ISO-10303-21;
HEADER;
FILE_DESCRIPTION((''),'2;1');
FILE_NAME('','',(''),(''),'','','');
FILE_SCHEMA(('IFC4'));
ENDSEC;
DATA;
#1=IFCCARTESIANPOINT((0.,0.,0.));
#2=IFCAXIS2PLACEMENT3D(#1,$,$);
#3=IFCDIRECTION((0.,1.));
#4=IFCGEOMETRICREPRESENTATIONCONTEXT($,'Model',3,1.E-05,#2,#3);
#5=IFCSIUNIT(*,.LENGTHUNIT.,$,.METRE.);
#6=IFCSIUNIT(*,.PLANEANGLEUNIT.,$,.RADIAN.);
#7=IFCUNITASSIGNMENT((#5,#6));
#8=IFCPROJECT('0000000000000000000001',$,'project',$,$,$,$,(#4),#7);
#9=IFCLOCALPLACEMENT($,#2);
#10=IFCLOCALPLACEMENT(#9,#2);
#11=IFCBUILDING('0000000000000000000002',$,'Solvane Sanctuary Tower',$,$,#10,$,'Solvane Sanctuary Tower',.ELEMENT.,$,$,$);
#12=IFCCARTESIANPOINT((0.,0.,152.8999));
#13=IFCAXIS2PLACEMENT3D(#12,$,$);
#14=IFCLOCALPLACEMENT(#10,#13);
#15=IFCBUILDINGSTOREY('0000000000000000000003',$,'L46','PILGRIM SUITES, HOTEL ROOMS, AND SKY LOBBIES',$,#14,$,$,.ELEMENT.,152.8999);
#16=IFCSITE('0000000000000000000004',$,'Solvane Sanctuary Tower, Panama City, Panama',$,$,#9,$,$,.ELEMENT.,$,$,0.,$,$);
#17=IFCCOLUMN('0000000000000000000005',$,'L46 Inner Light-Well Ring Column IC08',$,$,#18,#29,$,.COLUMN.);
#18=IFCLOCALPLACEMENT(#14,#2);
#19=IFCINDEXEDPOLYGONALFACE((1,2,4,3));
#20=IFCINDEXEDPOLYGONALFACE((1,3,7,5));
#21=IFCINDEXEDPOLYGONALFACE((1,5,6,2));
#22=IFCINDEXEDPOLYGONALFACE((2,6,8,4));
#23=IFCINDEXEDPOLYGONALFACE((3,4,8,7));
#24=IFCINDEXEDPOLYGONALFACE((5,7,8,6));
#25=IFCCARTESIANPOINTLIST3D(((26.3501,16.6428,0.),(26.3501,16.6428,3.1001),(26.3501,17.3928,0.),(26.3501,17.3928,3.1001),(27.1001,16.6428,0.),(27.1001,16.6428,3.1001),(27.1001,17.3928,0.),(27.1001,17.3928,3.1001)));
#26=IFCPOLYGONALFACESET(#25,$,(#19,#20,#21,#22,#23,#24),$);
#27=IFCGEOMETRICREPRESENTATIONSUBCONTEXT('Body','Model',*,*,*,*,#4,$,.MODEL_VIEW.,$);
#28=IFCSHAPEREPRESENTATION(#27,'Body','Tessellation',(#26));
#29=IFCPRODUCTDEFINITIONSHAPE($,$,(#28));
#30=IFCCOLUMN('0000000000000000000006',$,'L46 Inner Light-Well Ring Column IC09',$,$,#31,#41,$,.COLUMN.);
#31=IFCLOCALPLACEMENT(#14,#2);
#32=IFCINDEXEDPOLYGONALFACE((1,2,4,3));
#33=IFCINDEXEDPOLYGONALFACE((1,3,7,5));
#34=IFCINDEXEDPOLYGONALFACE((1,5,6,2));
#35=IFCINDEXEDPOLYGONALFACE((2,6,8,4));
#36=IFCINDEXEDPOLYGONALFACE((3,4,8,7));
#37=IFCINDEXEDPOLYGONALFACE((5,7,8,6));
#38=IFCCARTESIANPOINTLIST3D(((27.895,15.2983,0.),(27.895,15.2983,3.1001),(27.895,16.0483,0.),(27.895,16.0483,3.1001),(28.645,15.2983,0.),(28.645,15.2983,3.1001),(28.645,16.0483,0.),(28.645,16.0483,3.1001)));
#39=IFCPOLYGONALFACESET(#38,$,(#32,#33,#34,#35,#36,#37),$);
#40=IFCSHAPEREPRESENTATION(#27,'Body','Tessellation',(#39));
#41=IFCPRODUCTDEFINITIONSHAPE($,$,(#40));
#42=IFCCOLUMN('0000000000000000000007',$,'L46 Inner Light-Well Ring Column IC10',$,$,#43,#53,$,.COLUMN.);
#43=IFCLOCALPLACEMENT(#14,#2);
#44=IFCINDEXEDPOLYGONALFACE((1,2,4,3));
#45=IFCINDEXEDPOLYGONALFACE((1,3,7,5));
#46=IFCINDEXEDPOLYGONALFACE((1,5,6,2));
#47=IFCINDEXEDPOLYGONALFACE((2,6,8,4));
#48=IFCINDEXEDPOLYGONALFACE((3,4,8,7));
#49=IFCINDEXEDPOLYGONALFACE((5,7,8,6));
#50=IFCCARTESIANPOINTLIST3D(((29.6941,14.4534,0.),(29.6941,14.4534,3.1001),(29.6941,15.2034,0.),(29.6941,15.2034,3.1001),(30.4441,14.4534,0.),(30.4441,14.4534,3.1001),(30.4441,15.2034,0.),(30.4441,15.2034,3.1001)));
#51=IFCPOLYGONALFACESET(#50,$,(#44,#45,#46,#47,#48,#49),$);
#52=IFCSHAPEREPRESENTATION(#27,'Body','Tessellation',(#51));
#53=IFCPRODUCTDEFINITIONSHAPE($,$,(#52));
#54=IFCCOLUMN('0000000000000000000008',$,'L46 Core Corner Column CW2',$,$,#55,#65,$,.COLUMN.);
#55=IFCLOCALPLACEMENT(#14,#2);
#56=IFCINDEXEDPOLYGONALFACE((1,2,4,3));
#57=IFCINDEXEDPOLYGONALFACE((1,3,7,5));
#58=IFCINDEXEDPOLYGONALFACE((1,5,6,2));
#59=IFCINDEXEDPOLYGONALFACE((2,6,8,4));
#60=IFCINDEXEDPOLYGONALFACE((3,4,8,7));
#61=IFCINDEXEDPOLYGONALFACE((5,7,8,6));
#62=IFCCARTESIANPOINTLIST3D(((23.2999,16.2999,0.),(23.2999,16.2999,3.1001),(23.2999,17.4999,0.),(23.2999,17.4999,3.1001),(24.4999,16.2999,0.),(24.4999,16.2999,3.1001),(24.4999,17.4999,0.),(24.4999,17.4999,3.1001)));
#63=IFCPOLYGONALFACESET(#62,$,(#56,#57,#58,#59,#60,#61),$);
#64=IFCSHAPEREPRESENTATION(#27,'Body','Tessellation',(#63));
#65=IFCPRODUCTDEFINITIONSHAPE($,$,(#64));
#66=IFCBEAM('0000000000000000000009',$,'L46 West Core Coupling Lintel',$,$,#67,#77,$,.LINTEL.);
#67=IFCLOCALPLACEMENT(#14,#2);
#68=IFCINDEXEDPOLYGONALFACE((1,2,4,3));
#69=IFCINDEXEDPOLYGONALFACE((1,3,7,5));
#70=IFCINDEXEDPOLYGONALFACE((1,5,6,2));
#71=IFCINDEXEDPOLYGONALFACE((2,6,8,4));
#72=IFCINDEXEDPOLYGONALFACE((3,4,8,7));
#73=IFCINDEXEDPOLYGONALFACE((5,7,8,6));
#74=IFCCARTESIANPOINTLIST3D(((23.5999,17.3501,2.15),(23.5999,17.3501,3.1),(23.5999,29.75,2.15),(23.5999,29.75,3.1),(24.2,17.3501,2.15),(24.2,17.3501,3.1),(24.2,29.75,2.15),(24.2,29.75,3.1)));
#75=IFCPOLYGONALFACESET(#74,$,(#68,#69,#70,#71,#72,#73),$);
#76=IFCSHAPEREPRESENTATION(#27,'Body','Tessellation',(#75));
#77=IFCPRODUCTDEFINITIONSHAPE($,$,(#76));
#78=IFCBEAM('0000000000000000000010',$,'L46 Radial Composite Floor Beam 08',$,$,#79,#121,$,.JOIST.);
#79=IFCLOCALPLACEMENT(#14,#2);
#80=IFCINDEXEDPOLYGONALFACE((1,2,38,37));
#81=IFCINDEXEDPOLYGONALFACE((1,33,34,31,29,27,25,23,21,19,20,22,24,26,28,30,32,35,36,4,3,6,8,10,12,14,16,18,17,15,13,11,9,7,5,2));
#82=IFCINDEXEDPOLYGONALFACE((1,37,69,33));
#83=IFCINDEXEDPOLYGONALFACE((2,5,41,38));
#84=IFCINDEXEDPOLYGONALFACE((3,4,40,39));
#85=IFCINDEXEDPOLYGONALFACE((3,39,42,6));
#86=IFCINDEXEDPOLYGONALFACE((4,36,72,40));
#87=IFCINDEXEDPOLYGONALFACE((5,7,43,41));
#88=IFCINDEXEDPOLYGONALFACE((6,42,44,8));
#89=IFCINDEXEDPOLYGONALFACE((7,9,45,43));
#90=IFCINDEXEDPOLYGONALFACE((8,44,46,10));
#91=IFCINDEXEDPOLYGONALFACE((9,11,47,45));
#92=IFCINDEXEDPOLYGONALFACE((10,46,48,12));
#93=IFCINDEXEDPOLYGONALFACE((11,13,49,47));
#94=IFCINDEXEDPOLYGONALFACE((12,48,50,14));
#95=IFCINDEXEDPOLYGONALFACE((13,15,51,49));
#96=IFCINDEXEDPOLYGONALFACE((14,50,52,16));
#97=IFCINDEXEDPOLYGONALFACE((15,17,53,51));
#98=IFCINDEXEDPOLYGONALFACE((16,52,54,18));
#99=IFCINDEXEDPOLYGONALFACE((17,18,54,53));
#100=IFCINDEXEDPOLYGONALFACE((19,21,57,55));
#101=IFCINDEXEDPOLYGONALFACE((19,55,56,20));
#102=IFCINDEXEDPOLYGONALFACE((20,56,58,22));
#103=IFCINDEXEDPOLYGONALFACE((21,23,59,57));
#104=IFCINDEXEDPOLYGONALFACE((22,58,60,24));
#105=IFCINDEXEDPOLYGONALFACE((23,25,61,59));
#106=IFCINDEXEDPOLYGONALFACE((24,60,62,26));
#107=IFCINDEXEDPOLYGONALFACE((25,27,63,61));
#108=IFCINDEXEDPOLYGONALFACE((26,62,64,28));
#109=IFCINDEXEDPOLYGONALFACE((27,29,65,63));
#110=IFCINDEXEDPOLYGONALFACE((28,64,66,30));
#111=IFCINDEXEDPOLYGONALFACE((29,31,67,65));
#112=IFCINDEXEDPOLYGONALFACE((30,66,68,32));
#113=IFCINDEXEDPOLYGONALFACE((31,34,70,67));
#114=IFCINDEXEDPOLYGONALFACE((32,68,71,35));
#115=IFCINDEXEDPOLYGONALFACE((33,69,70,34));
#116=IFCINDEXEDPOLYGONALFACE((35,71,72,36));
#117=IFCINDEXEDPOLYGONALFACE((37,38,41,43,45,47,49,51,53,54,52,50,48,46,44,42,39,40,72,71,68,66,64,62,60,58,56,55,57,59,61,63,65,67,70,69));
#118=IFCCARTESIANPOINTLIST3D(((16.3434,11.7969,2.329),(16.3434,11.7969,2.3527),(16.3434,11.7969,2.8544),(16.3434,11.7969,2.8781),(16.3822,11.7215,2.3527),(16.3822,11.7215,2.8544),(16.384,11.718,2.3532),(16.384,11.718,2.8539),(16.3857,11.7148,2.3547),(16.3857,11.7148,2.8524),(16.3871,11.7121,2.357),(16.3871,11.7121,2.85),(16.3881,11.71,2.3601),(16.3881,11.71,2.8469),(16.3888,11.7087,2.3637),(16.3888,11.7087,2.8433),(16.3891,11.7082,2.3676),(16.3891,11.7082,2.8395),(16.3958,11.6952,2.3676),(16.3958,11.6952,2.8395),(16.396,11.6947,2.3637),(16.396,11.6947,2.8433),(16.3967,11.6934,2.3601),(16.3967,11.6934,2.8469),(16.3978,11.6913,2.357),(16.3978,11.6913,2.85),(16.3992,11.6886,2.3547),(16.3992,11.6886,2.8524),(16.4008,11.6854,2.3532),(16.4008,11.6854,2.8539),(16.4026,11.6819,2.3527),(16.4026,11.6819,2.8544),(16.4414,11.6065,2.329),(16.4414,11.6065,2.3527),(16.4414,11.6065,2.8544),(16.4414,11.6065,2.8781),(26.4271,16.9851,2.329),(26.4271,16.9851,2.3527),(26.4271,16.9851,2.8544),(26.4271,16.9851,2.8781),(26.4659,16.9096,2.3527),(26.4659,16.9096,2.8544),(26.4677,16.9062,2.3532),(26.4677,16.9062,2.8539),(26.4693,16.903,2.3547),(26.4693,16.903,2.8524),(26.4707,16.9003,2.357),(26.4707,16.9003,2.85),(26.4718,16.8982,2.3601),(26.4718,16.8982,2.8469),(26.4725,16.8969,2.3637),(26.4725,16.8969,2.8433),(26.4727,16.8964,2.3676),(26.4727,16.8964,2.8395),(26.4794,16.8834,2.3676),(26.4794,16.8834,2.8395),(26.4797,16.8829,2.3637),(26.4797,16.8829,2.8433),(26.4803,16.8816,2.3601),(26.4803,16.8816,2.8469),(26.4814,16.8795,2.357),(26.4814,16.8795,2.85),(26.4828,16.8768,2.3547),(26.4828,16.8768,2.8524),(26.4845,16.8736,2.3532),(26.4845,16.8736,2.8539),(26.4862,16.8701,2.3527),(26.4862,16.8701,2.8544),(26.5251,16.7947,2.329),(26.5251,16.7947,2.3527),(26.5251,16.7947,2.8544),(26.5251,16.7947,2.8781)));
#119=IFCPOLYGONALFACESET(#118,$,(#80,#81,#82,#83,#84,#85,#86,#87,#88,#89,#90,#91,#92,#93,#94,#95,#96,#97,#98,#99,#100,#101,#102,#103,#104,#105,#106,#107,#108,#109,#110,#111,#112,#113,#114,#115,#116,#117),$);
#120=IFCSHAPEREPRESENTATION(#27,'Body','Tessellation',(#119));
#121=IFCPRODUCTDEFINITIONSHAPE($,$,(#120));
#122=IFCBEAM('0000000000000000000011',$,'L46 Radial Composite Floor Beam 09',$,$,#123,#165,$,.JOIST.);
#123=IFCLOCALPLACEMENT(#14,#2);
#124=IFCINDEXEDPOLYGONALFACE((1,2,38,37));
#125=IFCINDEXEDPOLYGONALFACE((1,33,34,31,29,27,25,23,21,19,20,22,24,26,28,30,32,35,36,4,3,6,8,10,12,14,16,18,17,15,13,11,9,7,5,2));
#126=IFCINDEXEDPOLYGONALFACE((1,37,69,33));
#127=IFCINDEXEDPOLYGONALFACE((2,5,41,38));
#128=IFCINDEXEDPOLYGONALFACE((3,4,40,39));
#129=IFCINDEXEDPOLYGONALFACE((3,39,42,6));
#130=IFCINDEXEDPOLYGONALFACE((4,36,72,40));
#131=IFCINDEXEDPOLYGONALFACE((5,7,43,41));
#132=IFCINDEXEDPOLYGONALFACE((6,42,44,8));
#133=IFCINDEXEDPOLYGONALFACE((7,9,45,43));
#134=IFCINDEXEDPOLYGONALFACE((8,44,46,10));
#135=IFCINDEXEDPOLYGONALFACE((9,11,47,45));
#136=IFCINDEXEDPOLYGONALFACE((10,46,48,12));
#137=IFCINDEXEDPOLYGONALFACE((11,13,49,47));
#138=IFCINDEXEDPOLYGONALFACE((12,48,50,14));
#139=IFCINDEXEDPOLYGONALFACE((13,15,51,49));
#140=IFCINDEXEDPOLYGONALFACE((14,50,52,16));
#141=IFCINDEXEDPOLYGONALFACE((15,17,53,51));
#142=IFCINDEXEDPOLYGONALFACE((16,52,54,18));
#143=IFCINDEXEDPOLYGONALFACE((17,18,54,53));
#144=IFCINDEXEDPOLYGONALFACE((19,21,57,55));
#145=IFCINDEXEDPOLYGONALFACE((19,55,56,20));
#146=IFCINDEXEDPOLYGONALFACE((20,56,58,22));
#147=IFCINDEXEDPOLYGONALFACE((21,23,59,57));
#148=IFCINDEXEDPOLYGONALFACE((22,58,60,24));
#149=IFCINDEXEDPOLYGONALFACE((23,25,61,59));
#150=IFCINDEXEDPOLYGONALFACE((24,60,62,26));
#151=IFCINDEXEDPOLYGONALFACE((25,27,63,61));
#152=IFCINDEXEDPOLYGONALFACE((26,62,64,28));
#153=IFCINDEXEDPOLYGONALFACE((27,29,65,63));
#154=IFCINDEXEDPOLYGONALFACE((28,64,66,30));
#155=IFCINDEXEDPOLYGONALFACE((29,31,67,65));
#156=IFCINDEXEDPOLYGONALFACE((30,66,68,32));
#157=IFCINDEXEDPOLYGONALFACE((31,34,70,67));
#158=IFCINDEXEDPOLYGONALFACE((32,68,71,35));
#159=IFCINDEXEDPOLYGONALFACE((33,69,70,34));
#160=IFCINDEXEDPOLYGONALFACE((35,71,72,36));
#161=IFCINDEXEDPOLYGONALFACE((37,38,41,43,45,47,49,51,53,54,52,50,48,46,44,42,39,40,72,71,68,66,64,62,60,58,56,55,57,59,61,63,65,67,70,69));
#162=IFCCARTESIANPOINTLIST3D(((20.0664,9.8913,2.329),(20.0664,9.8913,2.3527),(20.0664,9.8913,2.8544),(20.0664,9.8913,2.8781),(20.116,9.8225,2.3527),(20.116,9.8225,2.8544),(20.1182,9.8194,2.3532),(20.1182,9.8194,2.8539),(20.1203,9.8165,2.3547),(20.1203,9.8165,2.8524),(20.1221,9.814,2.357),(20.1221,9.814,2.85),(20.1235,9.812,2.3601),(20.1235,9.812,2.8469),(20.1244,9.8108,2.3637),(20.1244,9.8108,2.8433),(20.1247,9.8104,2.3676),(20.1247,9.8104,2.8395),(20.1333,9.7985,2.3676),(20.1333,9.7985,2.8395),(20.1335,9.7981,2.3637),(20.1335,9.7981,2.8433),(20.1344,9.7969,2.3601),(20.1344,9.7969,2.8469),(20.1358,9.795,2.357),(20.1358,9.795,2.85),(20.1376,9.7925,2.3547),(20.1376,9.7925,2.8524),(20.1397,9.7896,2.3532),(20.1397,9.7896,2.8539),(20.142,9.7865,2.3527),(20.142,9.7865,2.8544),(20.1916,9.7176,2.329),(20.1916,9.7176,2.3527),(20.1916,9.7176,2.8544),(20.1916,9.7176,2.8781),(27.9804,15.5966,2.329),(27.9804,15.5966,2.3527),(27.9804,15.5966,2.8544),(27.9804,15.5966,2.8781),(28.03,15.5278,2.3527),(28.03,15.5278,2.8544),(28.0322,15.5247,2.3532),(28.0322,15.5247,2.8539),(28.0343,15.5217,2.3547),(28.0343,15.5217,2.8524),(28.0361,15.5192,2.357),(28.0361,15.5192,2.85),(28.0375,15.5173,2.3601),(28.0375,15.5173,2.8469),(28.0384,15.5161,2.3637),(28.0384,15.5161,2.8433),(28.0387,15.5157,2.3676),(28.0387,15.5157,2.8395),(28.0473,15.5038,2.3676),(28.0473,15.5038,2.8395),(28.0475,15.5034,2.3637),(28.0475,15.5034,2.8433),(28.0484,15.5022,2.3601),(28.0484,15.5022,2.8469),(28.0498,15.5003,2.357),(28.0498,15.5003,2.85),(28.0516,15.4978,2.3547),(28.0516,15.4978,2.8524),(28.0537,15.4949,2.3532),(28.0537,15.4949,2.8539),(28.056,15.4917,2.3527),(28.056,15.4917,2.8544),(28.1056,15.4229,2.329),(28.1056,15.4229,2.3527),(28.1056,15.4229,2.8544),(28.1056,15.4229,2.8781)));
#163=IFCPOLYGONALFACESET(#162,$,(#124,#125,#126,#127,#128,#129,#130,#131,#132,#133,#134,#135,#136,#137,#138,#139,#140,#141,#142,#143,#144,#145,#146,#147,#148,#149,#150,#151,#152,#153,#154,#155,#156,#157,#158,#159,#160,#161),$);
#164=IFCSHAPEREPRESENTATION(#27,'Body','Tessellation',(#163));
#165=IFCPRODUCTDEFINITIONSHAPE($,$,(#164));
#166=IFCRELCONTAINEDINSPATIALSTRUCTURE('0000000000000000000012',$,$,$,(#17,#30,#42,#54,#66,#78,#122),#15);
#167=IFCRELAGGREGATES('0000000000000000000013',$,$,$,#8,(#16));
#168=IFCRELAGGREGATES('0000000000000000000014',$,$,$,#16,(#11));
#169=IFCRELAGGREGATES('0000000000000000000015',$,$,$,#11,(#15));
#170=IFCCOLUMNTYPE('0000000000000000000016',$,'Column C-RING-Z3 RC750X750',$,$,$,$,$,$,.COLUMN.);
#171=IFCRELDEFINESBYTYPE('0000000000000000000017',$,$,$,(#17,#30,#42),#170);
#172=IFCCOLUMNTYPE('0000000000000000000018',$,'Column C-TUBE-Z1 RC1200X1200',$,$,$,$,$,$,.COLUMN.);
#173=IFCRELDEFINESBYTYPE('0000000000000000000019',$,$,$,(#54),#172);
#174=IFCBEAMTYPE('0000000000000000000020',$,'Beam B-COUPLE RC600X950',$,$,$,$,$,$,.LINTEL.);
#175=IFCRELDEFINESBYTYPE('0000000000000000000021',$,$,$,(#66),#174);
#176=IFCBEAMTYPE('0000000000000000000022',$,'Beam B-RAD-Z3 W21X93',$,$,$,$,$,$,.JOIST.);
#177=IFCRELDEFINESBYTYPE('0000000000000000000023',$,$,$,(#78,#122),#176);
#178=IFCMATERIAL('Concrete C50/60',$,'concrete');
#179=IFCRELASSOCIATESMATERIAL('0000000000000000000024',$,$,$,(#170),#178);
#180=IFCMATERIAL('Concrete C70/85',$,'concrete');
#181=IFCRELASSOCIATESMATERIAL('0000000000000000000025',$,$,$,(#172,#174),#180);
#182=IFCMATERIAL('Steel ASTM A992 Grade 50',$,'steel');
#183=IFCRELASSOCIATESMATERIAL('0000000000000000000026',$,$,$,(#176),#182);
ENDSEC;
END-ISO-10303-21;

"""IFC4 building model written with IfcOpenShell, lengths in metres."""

from ifc_helpers import new_model, si_unit, direction, frame, origin, origin_2d, place, context, subcontext, project, spatial, rectangle, i_section, extrude, material, material_profile, profile_set, type_object, element, save


model = new_model("IFC4")

# Units and contexts
model_context = context("Model", 3, precision=1e-05, world=origin(), true_north=direction((0.0, 1.0)))
body_context = subcontext(model_context, "Body", "Model", "MODEL_VIEW")
ifc_project = project(units=[si_unit("LENGTHUNIT", "METRE"), si_unit("PLANEANGLEUNIT", "RADIAN")], contexts=[model_context])

# Site, building, storey
site_placement = place(None, origin())
site = spatial("IfcSite", under=ifc_project, at=site_placement, Name="Solvane Sanctuary Tower, Panama City, Panama", CompositionType="ELEMENT", RefElevation=0.0)
building_placement = place(site_placement, origin())
building = spatial("IfcBuilding", under=site, at=building_placement, Name="Solvane Sanctuary Tower", LongName="Solvane Sanctuary Tower", CompositionType="ELEMENT")
storey_placement = place(building_placement, frame((0.0, 0.0, 152.8999)))
storey = spatial("IfcBuildingStorey", under=building, at=storey_placement, Name="L46", Description="PILGRIM SUITES, HOTEL ROOMS, AND SKY LOBBIES", CompositionType="ELEMENT", Elevation=152.8999)

# Columns
ifc_material_1 = material(Name="Concrete C50/60", Category="concrete")
ifc_material_profile_1 = material_profile(ifc_material_1, rectangle(XDim=0.75, YDim=0.75, at=origin_2d()), Name="RC750X750")
ifc_profile_set_1 = profile_set([ifc_material_profile_1], Name="Concrete C50/60")
column_type_1 = type_object("IfcColumnType", Name="Column C-RING-Z3 RC750X750", PredefinedType="COLUMN", material=ifc_profile_set_1)
for number, where, z_axis, x_axis, name in (
    (1, (26.7251, 17.0178, 0.0), (0.0, 0.0, 1.0), (1.0, 0.0, 0.0), "L46 Inner Light-Well Ring Column IC08"),
    (2, (28.27, 15.6733, 0.0), (0.0, 0.0, 1.0), (1.0, 0.0, 0.0), "L46 Inner Light-Well Ring Column IC09"),
    (3, (30.0691, 14.8284, 0.0), (0.0, 0.0, 1.0), (1.0, 0.0, 0.0), "L46 Inner Light-Well Ring Column IC10"),
):
    element("IfcColumn", number, at=place(storey_placement, frame(where, z_axis=z_axis, x_axis=x_axis)), inside=storey, type_object=column_type_1, Name=name, PredefinedType="COLUMN", context=body_context, shape_type="SweptSolid", body=[
        extrude(rectangle(XDim=0.75, YDim=0.75, at=origin_2d()), origin(), (0.0, 0.0, 1.0), 3.1001),
    ])
ifc_material_2 = material(Name="Concrete C70/85", Category="concrete")
ifc_material_profile_2 = material_profile(ifc_material_2, rectangle(XDim=1.2, YDim=1.2, at=origin_2d()), Name="RC1200X1200")
ifc_profile_set_2 = profile_set([ifc_material_profile_2], Name="Concrete C70/85")
column_type_2 = type_object("IfcColumnType", Name="Column C-TUBE-Z1 RC1200X1200", PredefinedType="COLUMN", material=ifc_profile_set_2)
column_placement = place(storey_placement, frame((23.8999, 16.8999, 0.0), z_axis=(0.0, 0.0, 1.0), x_axis=(1.0, 0.0, 0.0)))
element("IfcColumn", 4, at=column_placement, inside=storey, type_object=column_type_2, Name="L46 Core Corner Column CW2", PredefinedType="COLUMN", context=body_context, shape_type="SweptSolid", body=[
    extrude(rectangle(XDim=1.2, YDim=1.2, at=origin_2d()), origin(), (0.0, 0.0, 1.0), 3.1001),
])

# Beams
ifc_material_profile_3 = material_profile(ifc_material_2, rectangle(XDim=0.6001, YDim=0.95, at=origin_2d()), Name="RC600X950")
ifc_profile_set_3 = profile_set([ifc_material_profile_3], Name="Concrete C70/85")
beam_type_1 = type_object("IfcBeamType", Name="Beam B-COUPLE RC600X950", PredefinedType="LINTEL", material=ifc_profile_set_3)
beam_1_placement = place(storey_placement, frame((23.8999, 17.3501, 2.625), z_axis=(0.0, 1.0, 0.0), x_axis=(-1.0, 0.0, 0.0)))
element("IfcBeam", 5, at=beam_1_placement, inside=storey, type_object=beam_type_1, Name="L46 West Core Coupling Lintel", PredefinedType="LINTEL", context=body_context, shape_type="SweptSolid", body=[
    extrude(rectangle(XDim=0.6001, YDim=0.95, at=origin_2d()), origin(), (0.0, 0.0, 1.0), 12.3999),
])
ifc_material_3 = material(Name="Steel ASTM A992 Grade 50", Category="steel")
ifc_material_profile_4 = material_profile(ifc_material_3, i_section(OverallWidth=0.2141, OverallDepth=0.5491, WebThickness=0.0146, FlangeThickness=0.0237, FilletRadius=0.0149, at=origin_2d()), Name="W21X93")
ifc_profile_set_4 = profile_set([ifc_material_profile_4], Name="Steel ASTM A992 Grade 50")
beam_type_2 = type_object("IfcBeamType", Name="Beam B-RAD-Z3 W21X93", PredefinedType="JOIST", material=ifc_profile_set_4)
beam_2_placement = place(storey_placement, frame((26.4761, 16.8899, 2.6035), z_axis=(-0.889205, -0.457509, 0.0), x_axis=(0.457509, -0.889205, 0.0)))
element("IfcBeam", 6, at=beam_2_placement, inside=storey, type_object=beam_type_2, Name="L46 Radial Composite Floor Beam 08", PredefinedType="JOIST", context=body_context, shape_type="SweptSolid", body=[
    extrude(i_section(OverallWidth=0.2141, OverallDepth=0.5491, WebThickness=0.0146, FlangeThickness=0.0237, FilletRadius=0.0149, at=origin_2d()), origin(), (0.0, 0.0, 1.0), 11.3401),
])
beam_3_placement = place(storey_placement, frame((28.043, 15.5098, 2.6035), z_axis=(-0.811184, -0.58479, 0.0), x_axis=(0.58479, -0.811184, 0.0)))
element("IfcBeam", 7, at=beam_3_placement, inside=storey, type_object=beam_type_2, Name="L46 Radial Composite Floor Beam 09", PredefinedType="JOIST", context=body_context, shape_type="SweptSolid", body=[
    extrude(i_section(OverallWidth=0.2141, OverallDepth=0.5491, WebThickness=0.0146, FlangeThickness=0.0237, FilletRadius=0.0149, at=origin_2d()), origin(), (0.0, 0.0, 1.0), 9.7561),
])

save(model, "model.ifc")
